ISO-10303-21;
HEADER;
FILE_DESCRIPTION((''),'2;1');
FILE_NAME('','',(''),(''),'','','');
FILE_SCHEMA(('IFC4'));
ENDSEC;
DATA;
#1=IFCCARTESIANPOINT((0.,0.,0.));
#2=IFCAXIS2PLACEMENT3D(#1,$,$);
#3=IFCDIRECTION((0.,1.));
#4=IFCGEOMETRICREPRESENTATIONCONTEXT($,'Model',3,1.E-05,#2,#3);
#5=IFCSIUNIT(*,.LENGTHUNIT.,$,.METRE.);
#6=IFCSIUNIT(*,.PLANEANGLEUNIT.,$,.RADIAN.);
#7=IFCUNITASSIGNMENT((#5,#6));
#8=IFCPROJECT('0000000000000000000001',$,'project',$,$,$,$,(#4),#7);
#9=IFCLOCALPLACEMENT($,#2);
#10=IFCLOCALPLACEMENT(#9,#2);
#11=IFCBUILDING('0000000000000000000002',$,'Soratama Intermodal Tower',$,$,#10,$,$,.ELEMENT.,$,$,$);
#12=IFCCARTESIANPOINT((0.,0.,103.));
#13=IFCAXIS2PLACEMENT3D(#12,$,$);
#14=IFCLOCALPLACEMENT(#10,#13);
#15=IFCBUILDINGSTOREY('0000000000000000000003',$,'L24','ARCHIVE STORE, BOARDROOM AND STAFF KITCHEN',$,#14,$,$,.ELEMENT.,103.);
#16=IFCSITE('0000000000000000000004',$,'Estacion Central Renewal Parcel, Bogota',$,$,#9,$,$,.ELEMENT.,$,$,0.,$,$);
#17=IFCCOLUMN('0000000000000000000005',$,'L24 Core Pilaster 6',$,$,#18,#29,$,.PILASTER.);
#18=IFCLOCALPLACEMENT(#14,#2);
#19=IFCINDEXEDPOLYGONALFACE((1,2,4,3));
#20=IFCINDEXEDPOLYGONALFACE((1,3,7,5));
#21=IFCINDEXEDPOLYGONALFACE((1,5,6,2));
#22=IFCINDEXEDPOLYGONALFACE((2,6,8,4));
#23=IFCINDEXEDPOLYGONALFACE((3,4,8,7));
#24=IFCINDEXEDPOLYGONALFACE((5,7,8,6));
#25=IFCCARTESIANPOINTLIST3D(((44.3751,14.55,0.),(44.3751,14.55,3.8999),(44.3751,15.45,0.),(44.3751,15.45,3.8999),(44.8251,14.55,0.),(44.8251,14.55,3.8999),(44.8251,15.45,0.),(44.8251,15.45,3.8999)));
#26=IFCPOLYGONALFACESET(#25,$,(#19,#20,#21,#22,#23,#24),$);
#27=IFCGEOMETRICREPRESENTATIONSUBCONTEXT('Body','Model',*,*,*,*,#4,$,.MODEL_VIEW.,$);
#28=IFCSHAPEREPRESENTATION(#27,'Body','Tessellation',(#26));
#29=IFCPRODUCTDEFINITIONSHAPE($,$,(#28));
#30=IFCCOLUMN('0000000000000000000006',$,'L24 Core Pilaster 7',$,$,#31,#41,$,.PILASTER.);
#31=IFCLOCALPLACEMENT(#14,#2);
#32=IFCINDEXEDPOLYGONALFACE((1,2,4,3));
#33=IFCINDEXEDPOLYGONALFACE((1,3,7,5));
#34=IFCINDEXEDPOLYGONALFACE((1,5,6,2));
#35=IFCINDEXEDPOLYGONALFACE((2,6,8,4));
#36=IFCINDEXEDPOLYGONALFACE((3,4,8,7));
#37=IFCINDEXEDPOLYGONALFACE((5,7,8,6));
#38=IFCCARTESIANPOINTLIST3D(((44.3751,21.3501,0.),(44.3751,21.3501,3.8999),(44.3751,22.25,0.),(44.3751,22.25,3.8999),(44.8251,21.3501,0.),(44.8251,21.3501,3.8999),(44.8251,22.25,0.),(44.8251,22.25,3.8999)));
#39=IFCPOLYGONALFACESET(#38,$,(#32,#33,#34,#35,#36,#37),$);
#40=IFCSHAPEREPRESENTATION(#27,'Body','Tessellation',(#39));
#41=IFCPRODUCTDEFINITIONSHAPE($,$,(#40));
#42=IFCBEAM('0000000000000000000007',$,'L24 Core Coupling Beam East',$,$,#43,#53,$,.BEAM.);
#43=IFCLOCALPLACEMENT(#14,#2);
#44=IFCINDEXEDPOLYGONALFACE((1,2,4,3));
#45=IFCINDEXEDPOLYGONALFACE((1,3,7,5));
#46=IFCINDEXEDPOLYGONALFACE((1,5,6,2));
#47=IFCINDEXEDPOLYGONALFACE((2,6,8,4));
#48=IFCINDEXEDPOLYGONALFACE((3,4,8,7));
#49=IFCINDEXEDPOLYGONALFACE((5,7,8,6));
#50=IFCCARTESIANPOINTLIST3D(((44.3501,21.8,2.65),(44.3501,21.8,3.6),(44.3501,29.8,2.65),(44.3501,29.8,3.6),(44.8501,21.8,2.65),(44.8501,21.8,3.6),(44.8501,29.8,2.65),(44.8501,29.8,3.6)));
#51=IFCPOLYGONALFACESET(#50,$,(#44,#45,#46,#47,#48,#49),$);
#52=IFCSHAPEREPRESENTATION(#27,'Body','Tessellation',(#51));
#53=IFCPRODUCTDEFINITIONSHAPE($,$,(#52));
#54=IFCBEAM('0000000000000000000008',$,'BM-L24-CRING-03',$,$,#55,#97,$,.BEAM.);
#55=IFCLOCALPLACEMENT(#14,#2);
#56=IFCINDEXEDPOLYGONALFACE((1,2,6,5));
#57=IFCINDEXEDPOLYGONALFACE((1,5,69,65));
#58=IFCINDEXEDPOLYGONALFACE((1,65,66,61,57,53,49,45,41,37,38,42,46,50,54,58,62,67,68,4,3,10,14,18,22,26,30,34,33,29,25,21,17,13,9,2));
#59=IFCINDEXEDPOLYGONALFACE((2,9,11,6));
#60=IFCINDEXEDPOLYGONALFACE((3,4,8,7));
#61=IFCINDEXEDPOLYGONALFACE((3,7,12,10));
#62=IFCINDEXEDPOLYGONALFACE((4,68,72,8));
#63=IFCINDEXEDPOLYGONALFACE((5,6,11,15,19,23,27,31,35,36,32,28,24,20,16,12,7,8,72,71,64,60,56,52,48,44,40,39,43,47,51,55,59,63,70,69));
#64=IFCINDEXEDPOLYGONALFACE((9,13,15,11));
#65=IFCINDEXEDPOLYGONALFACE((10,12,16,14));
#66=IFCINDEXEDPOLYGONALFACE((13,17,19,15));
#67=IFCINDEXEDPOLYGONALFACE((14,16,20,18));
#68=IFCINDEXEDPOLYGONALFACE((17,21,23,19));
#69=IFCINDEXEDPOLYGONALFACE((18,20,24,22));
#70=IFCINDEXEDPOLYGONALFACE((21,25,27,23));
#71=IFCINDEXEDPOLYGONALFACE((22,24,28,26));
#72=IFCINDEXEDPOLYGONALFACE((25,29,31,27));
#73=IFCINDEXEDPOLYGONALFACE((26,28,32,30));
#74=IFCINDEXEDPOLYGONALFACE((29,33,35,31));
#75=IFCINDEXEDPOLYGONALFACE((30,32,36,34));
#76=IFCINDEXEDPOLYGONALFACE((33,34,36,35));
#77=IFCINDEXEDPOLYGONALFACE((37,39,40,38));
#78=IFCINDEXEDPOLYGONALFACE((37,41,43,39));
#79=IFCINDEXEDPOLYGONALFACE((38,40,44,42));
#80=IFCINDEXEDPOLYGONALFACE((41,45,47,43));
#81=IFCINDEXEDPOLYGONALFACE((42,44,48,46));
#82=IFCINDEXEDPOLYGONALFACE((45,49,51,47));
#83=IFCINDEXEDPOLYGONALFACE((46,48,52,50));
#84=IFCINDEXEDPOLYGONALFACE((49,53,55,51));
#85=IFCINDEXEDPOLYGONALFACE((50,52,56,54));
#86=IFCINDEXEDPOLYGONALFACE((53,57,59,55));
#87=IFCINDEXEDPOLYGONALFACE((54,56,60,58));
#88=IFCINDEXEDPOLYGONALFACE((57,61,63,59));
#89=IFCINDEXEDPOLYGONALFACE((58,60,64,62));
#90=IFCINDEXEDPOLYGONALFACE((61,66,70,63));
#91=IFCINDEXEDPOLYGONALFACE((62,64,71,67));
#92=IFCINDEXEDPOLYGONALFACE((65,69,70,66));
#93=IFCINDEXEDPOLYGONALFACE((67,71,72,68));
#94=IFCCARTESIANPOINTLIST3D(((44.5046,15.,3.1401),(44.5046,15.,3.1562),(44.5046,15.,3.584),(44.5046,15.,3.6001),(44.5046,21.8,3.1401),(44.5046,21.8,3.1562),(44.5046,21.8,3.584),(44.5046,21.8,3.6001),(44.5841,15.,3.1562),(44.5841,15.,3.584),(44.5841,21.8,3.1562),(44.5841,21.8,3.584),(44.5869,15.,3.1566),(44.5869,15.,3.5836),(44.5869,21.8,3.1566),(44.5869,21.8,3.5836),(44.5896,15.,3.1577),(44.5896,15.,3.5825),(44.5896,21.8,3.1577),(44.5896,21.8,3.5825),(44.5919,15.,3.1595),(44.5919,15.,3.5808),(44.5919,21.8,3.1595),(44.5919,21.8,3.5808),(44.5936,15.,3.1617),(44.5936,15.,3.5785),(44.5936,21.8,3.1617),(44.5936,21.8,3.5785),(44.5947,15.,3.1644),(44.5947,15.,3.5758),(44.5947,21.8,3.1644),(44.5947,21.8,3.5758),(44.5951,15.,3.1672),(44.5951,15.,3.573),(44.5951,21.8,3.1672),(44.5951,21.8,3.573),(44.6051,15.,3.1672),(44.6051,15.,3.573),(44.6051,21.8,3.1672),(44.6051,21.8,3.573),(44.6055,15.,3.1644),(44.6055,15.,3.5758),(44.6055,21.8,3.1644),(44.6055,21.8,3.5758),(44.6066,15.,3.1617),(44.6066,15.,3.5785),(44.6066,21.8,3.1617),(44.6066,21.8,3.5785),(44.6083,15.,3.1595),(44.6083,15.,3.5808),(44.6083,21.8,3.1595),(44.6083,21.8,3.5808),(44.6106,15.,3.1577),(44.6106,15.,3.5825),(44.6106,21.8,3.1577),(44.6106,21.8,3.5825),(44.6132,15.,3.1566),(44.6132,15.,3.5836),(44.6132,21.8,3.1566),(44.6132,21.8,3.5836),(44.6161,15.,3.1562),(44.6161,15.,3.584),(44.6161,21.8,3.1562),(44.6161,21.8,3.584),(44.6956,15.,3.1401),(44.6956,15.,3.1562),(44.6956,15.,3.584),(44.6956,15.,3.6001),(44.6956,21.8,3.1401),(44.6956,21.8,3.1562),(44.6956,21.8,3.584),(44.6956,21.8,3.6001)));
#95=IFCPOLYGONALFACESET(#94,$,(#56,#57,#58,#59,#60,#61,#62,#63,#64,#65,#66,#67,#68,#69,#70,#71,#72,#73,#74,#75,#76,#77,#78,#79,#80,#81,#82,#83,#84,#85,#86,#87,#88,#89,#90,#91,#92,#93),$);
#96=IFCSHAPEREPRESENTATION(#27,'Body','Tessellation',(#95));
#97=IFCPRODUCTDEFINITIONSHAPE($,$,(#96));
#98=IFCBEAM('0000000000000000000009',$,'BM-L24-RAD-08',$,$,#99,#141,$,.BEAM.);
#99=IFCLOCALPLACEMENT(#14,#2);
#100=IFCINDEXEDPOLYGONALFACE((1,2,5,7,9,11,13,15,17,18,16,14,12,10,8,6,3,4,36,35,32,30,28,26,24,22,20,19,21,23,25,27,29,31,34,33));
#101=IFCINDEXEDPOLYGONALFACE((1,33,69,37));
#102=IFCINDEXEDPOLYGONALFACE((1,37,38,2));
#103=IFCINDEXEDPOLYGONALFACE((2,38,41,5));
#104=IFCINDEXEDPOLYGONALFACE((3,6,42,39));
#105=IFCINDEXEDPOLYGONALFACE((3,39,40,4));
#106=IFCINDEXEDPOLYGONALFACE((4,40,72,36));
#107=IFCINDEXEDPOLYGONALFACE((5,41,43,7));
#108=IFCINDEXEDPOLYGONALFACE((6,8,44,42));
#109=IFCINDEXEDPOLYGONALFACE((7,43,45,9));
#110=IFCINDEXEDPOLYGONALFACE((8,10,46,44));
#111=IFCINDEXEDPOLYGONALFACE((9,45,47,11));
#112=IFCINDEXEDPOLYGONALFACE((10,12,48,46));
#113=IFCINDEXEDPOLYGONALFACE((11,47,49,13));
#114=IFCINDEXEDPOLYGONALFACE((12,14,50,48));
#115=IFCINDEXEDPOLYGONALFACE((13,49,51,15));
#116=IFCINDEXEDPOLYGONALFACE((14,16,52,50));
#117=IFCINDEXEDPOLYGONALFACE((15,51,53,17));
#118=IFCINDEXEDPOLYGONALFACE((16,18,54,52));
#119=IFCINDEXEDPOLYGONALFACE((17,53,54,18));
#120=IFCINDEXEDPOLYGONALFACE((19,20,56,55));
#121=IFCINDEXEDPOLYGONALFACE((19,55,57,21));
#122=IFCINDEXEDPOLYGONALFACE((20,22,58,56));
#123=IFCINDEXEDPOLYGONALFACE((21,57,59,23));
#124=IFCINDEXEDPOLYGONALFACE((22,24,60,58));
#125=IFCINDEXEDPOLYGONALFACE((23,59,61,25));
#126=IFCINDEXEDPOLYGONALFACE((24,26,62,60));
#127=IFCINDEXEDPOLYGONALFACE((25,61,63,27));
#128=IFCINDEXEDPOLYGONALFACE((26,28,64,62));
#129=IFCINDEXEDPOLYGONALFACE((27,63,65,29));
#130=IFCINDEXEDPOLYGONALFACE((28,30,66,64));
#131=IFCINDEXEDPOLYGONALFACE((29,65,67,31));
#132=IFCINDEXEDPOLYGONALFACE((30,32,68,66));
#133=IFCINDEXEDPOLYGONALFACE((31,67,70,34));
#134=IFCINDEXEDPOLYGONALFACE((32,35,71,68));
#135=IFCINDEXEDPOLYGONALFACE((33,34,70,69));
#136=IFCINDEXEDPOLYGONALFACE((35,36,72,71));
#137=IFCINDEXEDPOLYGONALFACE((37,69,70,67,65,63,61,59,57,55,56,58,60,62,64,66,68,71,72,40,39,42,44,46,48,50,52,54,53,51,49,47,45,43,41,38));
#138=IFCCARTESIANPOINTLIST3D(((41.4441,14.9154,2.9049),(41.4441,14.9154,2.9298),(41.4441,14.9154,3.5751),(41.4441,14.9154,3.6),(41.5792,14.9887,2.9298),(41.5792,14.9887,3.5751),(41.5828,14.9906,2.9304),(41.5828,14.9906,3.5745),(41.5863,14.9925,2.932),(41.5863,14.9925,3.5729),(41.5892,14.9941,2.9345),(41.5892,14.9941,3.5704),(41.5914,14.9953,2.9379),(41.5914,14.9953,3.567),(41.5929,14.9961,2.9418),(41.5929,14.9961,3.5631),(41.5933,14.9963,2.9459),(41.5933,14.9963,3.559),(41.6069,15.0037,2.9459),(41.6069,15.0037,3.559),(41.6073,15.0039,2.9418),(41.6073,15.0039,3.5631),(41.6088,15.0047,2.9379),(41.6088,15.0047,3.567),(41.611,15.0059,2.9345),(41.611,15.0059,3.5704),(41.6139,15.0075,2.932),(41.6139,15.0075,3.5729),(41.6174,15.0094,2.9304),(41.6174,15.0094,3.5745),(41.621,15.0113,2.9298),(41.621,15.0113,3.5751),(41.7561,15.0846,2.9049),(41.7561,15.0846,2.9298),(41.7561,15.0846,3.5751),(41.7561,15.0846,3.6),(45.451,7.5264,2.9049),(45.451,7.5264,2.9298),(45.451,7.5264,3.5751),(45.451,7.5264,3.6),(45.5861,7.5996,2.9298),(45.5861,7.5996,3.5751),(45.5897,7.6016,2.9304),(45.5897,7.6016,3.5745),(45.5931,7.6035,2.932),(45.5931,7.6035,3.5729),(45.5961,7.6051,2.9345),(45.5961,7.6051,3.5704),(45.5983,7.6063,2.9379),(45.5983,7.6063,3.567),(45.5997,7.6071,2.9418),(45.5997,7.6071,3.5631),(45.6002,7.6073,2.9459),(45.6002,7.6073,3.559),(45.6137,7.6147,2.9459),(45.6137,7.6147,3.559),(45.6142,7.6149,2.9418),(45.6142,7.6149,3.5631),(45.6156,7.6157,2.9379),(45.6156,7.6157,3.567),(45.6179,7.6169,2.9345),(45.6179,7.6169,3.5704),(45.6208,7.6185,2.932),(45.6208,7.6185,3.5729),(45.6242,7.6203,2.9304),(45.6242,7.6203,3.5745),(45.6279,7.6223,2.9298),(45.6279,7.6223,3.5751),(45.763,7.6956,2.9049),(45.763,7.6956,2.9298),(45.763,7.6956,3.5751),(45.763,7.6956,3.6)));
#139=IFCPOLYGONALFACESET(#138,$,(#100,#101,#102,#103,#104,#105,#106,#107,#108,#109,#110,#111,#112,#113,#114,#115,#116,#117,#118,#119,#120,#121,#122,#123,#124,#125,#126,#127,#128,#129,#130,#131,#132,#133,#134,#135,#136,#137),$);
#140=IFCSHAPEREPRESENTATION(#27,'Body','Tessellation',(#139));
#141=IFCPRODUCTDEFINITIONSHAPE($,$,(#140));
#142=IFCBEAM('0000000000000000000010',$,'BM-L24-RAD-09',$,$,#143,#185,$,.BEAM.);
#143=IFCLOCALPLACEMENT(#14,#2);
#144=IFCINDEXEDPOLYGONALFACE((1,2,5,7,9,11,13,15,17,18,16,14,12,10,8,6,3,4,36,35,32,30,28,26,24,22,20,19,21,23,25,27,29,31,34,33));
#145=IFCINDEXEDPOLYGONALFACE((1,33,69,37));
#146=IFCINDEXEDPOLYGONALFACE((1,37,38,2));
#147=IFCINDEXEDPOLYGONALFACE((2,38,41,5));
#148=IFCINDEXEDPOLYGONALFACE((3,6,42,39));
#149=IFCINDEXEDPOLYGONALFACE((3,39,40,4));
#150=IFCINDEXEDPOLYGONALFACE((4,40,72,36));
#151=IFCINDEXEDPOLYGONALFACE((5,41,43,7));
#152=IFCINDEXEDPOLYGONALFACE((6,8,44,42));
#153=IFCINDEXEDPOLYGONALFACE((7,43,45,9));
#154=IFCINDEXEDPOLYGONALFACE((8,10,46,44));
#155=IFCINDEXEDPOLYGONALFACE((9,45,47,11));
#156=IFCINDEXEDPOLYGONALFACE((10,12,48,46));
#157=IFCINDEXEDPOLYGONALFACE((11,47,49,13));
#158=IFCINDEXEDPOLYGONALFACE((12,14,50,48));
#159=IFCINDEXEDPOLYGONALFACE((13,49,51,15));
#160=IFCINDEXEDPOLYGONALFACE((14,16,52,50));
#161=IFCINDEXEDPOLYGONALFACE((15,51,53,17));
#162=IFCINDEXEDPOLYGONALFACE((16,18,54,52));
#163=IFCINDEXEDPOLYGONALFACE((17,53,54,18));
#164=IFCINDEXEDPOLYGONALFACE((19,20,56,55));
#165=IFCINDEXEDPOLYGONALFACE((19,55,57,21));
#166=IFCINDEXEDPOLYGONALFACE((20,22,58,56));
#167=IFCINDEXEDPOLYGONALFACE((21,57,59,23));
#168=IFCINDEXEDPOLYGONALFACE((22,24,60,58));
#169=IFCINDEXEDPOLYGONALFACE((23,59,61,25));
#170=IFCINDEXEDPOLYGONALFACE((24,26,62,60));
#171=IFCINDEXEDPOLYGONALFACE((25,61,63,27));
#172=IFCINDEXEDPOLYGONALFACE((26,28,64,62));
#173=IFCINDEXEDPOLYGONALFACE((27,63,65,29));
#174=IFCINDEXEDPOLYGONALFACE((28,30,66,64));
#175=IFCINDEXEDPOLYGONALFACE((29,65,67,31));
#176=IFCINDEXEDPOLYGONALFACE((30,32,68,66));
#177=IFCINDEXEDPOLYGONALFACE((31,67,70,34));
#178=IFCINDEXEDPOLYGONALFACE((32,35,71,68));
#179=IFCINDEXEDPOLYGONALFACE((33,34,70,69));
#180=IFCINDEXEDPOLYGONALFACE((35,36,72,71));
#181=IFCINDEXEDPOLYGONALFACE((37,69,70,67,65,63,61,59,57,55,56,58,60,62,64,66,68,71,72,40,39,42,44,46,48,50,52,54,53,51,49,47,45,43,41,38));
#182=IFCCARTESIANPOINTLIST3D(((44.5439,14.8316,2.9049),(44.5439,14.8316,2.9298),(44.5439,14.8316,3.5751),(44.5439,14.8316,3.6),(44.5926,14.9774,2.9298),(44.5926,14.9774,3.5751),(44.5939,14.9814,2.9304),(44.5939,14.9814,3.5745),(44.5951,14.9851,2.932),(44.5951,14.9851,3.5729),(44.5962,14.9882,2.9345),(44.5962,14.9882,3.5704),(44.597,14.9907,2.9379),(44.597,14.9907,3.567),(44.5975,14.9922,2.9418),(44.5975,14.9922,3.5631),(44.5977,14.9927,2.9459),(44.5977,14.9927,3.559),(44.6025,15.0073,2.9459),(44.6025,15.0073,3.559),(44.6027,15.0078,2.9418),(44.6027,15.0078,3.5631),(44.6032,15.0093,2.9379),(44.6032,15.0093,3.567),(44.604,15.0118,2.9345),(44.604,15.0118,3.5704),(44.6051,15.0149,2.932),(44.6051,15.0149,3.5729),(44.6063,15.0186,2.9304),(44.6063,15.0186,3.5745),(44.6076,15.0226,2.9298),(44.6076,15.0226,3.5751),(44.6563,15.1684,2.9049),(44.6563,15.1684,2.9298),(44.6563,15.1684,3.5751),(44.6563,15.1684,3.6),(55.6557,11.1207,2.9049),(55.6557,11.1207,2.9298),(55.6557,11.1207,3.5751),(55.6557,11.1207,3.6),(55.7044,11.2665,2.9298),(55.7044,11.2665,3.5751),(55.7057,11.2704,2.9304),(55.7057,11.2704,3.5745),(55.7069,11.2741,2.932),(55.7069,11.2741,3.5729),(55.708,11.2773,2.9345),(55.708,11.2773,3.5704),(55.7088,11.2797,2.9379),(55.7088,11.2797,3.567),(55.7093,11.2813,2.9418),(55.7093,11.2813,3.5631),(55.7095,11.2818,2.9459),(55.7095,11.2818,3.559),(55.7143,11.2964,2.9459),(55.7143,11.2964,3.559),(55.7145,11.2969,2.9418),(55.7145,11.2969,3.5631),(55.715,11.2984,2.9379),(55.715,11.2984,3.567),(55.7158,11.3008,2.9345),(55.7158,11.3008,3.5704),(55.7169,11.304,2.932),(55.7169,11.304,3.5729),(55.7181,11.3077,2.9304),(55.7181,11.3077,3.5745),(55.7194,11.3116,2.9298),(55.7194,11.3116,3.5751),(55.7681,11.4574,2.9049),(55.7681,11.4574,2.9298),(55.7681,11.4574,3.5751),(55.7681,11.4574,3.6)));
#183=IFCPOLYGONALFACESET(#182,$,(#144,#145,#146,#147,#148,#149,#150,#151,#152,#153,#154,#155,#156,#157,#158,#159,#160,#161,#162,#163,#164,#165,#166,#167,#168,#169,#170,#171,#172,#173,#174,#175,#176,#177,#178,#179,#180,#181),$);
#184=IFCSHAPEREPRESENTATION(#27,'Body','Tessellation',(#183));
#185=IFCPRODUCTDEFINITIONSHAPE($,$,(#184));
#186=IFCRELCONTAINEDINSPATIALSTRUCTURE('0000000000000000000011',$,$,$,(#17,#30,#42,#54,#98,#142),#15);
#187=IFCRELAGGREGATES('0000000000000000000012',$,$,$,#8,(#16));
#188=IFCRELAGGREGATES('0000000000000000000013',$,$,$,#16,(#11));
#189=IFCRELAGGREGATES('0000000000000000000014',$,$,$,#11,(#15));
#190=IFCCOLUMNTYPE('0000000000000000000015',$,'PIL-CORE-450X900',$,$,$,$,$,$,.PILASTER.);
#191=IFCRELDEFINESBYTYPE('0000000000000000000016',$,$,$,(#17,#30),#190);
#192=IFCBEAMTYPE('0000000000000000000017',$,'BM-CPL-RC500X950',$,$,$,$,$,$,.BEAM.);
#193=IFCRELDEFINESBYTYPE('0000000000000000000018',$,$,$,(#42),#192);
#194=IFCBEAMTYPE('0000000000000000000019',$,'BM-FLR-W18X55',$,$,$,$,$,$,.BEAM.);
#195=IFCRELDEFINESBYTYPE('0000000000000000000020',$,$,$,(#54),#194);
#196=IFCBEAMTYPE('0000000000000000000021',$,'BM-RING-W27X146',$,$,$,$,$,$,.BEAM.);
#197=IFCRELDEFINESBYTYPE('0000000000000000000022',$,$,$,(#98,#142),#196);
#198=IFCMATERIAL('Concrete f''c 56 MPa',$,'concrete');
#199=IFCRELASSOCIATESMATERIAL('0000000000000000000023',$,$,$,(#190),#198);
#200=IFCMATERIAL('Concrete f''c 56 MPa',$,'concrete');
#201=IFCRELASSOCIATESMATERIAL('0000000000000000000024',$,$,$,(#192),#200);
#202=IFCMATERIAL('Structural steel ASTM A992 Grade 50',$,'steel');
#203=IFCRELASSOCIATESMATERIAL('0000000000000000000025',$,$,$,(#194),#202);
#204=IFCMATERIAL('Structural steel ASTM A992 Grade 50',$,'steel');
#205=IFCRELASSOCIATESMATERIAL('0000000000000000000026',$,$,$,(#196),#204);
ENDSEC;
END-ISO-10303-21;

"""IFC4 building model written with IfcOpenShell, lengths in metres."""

from ifc_helpers import new_model, si_unit, direction, frame, origin, origin_2d, place, context, subcontext, project, spatial, rectangle, i_section, extrude, material, material_profile, profile_set, type_object, element, save


model = new_model("IFC4")

# Units and contexts
model_context = context("Model", 3, precision=1e-05, world=origin(), true_north=direction((0.0, 1.0)))
body_context = subcontext(model_context, "Body", "Model", "MODEL_VIEW")
ifc_project = project(units=[si_unit("LENGTHUNIT", "METRE"), si_unit("PLANEANGLEUNIT", "RADIAN")], contexts=[model_context])

# Site, building, storey
site_placement = place(None, origin())
site = spatial("IfcSite", under=ifc_project, at=site_placement, Name="Estacion Central Renewal Parcel, Bogota", CompositionType="ELEMENT", RefElevation=0.0)
building_placement = place(site_placement, origin())
building = spatial("IfcBuilding", under=site, at=building_placement, Name="Soratama Intermodal Tower", CompositionType="ELEMENT")
storey_placement = place(building_placement, frame((0.0, 0.0, 103.0)))
storey = spatial("IfcBuildingStorey", under=building, at=storey_placement, Name="L24", Description="ARCHIVE STORE, BOARDROOM AND STAFF KITCHEN", CompositionType="ELEMENT", Elevation=103.0)

# Columns
ifc_material_1 = material(Name="Concrete f'c 56 MPa", Category="concrete")
ifc_material_profile_1 = material_profile(ifc_material_1, rectangle(XDim=0.45, YDim=0.8999, at=origin_2d()), Name="RC450X900")
ifc_profile_set_1 = profile_set([ifc_material_profile_1], Name="Concrete f'c 56 MPa")
column_type = type_object("IfcColumnType", Name="PIL-CORE-450X900", PredefinedType="PILASTER", material=ifc_profile_set_1)
for number, where, z_axis, x_axis, name in (
    (1, (44.6001, 15.0, 0.0), (0.0, 0.0, 1.0), (1.0, 0.0, 0.0), "L24 Core Pilaster 6"),
    (2, (44.6001, 21.8, 0.0), (0.0, 0.0, 1.0), (1.0, 0.0, 0.0), "L24 Core Pilaster 7"),
):
    element("IfcColumn", number, at=place(storey_placement, frame(where, z_axis=z_axis, x_axis=x_axis)), inside=storey, type_object=column_type, Name=name, PredefinedType="PILASTER", context=body_context, shape_type="SweptSolid", body=[
        extrude(rectangle(XDim=0.45, YDim=0.8999, at=origin_2d()), origin(), (0.0, 0.0, 1.0), 3.8999),
    ])

# Beams
ifc_material_2 = material(Name="Concrete f'c 56 MPa", Category="concrete")
ifc_material_profile_2 = material_profile(ifc_material_2, rectangle(XDim=0.5, YDim=0.95, at=origin_2d()), Name="RC500X950")
ifc_profile_set_2 = profile_set([ifc_material_profile_2], Name="Concrete f'c 56 MPa")
beam_type_1 = type_object("IfcBeamType", Name="BM-CPL-RC500X950", PredefinedType="BEAM", material=ifc_profile_set_2)
beam_1_placement = place(storey_placement, frame((44.6001, 21.8, 3.125), z_axis=(0.0, 1.0, 0.0), x_axis=(-1.0, 0.0, 0.0)))
element("IfcBeam", 3, at=beam_1_placement, inside=storey, type_object=beam_type_1, Name="L24 Core Coupling Beam East", PredefinedType="BEAM", context=body_context, shape_type="SweptSolid", body=[
    extrude(rectangle(XDim=0.5, YDim=0.95, at=origin_2d()), origin(), (0.0, 0.0, 1.0), 8.0),
])
ifc_material_3 = material(Name="Structural steel ASTM A992 Grade 50", Category="steel")
ifc_material_profile_3 = material_profile(ifc_material_3, i_section(OverallWidth=0.1909, OverallDepth=0.46, WebThickness=0.01, FlangeThickness=0.0161, FilletRadius=0.011, at=origin_2d()), Name="W18X55")
ifc_profile_set_3 = profile_set([ifc_material_profile_3], Name="Structural steel ASTM A992 Grade 50")
beam_type_2 = type_object("IfcBeamType", Name="BM-FLR-W18X55", PredefinedType="BEAM", material=ifc_profile_set_3)
beam_2_placement = place(storey_placement, frame((44.6001, 15.0, 3.3701), z_axis=(0.0, 1.0, 0.0), x_axis=(-1.0, 0.0, 0.0)))
element("IfcBeam", 4, at=beam_2_placement, inside=storey, type_object=beam_type_2, Name="BM-L24-CRING-03", PredefinedType="BEAM", context=body_context, shape_type="SweptSolid", body=[
    extrude(i_section(OverallWidth=0.1909, OverallDepth=0.46, WebThickness=0.01, FlangeThickness=0.0161, FilletRadius=0.011, at=origin_2d()), origin(), (0.0, 0.0, 1.0), 6.8),
])
ifc_material_4 = material(Name="Structural steel ASTM A992 Grade 50", Category="steel")
ifc_material_profile_4 = material_profile(ifc_material_4, i_section(OverallWidth=0.355, OverallDepth=0.6951, WebThickness=0.0154, FlangeThickness=0.0249, FilletRadius=0.0161, at=origin_2d()), Name="W27X146")
ifc_profile_set_4 = profile_set([ifc_material_profile_4], Name="Structural steel ASTM A992 Grade 50")
beam_type_3 = type_object("IfcBeamType", Name="BM-RING-W27X146", PredefinedType="BEAM", material=ifc_profile_set_4)
beam_3_placement = place(storey_placement, frame((41.6001, 15.0, 3.2524), z_axis=(0.476698, -0.879067, 0.0), x_axis=(0.879067, 0.476698, 0.0)))
element("IfcBeam", 5, at=beam_3_placement, inside=storey, type_object=beam_type_3, Name="BM-L24-RAD-08", PredefinedType="BEAM", context=body_context, shape_type="SweptSolid", body=[
    extrude(i_section(OverallWidth=0.355, OverallDepth=0.6951, WebThickness=0.0154, FlangeThickness=0.0249, FilletRadius=0.0161, at=origin_2d()), origin(), (0.0, 0.0, 1.0), 8.4055),
])
beam_4_placement = place(storey_placement, frame((44.6001, 15.0, 3.2524), z_axis=(0.948504, -0.316765, 0.0), x_axis=(0.316765, 0.948504, 0.0)))
element("IfcBeam", 6, at=beam_4_placement, inside=storey, type_object=beam_type_3, Name="BM-L24-RAD-09", PredefinedType="BEAM", context=body_context, shape_type="SweptSolid", body=[
    extrude(i_section(OverallWidth=0.355, OverallDepth=0.6951, WebThickness=0.0154, FlangeThickness=0.0249, FilletRadius=0.0161, at=origin_2d()), origin(), (0.0, 0.0, 1.0), 11.7151),
])

save(model, "model.ifc")
